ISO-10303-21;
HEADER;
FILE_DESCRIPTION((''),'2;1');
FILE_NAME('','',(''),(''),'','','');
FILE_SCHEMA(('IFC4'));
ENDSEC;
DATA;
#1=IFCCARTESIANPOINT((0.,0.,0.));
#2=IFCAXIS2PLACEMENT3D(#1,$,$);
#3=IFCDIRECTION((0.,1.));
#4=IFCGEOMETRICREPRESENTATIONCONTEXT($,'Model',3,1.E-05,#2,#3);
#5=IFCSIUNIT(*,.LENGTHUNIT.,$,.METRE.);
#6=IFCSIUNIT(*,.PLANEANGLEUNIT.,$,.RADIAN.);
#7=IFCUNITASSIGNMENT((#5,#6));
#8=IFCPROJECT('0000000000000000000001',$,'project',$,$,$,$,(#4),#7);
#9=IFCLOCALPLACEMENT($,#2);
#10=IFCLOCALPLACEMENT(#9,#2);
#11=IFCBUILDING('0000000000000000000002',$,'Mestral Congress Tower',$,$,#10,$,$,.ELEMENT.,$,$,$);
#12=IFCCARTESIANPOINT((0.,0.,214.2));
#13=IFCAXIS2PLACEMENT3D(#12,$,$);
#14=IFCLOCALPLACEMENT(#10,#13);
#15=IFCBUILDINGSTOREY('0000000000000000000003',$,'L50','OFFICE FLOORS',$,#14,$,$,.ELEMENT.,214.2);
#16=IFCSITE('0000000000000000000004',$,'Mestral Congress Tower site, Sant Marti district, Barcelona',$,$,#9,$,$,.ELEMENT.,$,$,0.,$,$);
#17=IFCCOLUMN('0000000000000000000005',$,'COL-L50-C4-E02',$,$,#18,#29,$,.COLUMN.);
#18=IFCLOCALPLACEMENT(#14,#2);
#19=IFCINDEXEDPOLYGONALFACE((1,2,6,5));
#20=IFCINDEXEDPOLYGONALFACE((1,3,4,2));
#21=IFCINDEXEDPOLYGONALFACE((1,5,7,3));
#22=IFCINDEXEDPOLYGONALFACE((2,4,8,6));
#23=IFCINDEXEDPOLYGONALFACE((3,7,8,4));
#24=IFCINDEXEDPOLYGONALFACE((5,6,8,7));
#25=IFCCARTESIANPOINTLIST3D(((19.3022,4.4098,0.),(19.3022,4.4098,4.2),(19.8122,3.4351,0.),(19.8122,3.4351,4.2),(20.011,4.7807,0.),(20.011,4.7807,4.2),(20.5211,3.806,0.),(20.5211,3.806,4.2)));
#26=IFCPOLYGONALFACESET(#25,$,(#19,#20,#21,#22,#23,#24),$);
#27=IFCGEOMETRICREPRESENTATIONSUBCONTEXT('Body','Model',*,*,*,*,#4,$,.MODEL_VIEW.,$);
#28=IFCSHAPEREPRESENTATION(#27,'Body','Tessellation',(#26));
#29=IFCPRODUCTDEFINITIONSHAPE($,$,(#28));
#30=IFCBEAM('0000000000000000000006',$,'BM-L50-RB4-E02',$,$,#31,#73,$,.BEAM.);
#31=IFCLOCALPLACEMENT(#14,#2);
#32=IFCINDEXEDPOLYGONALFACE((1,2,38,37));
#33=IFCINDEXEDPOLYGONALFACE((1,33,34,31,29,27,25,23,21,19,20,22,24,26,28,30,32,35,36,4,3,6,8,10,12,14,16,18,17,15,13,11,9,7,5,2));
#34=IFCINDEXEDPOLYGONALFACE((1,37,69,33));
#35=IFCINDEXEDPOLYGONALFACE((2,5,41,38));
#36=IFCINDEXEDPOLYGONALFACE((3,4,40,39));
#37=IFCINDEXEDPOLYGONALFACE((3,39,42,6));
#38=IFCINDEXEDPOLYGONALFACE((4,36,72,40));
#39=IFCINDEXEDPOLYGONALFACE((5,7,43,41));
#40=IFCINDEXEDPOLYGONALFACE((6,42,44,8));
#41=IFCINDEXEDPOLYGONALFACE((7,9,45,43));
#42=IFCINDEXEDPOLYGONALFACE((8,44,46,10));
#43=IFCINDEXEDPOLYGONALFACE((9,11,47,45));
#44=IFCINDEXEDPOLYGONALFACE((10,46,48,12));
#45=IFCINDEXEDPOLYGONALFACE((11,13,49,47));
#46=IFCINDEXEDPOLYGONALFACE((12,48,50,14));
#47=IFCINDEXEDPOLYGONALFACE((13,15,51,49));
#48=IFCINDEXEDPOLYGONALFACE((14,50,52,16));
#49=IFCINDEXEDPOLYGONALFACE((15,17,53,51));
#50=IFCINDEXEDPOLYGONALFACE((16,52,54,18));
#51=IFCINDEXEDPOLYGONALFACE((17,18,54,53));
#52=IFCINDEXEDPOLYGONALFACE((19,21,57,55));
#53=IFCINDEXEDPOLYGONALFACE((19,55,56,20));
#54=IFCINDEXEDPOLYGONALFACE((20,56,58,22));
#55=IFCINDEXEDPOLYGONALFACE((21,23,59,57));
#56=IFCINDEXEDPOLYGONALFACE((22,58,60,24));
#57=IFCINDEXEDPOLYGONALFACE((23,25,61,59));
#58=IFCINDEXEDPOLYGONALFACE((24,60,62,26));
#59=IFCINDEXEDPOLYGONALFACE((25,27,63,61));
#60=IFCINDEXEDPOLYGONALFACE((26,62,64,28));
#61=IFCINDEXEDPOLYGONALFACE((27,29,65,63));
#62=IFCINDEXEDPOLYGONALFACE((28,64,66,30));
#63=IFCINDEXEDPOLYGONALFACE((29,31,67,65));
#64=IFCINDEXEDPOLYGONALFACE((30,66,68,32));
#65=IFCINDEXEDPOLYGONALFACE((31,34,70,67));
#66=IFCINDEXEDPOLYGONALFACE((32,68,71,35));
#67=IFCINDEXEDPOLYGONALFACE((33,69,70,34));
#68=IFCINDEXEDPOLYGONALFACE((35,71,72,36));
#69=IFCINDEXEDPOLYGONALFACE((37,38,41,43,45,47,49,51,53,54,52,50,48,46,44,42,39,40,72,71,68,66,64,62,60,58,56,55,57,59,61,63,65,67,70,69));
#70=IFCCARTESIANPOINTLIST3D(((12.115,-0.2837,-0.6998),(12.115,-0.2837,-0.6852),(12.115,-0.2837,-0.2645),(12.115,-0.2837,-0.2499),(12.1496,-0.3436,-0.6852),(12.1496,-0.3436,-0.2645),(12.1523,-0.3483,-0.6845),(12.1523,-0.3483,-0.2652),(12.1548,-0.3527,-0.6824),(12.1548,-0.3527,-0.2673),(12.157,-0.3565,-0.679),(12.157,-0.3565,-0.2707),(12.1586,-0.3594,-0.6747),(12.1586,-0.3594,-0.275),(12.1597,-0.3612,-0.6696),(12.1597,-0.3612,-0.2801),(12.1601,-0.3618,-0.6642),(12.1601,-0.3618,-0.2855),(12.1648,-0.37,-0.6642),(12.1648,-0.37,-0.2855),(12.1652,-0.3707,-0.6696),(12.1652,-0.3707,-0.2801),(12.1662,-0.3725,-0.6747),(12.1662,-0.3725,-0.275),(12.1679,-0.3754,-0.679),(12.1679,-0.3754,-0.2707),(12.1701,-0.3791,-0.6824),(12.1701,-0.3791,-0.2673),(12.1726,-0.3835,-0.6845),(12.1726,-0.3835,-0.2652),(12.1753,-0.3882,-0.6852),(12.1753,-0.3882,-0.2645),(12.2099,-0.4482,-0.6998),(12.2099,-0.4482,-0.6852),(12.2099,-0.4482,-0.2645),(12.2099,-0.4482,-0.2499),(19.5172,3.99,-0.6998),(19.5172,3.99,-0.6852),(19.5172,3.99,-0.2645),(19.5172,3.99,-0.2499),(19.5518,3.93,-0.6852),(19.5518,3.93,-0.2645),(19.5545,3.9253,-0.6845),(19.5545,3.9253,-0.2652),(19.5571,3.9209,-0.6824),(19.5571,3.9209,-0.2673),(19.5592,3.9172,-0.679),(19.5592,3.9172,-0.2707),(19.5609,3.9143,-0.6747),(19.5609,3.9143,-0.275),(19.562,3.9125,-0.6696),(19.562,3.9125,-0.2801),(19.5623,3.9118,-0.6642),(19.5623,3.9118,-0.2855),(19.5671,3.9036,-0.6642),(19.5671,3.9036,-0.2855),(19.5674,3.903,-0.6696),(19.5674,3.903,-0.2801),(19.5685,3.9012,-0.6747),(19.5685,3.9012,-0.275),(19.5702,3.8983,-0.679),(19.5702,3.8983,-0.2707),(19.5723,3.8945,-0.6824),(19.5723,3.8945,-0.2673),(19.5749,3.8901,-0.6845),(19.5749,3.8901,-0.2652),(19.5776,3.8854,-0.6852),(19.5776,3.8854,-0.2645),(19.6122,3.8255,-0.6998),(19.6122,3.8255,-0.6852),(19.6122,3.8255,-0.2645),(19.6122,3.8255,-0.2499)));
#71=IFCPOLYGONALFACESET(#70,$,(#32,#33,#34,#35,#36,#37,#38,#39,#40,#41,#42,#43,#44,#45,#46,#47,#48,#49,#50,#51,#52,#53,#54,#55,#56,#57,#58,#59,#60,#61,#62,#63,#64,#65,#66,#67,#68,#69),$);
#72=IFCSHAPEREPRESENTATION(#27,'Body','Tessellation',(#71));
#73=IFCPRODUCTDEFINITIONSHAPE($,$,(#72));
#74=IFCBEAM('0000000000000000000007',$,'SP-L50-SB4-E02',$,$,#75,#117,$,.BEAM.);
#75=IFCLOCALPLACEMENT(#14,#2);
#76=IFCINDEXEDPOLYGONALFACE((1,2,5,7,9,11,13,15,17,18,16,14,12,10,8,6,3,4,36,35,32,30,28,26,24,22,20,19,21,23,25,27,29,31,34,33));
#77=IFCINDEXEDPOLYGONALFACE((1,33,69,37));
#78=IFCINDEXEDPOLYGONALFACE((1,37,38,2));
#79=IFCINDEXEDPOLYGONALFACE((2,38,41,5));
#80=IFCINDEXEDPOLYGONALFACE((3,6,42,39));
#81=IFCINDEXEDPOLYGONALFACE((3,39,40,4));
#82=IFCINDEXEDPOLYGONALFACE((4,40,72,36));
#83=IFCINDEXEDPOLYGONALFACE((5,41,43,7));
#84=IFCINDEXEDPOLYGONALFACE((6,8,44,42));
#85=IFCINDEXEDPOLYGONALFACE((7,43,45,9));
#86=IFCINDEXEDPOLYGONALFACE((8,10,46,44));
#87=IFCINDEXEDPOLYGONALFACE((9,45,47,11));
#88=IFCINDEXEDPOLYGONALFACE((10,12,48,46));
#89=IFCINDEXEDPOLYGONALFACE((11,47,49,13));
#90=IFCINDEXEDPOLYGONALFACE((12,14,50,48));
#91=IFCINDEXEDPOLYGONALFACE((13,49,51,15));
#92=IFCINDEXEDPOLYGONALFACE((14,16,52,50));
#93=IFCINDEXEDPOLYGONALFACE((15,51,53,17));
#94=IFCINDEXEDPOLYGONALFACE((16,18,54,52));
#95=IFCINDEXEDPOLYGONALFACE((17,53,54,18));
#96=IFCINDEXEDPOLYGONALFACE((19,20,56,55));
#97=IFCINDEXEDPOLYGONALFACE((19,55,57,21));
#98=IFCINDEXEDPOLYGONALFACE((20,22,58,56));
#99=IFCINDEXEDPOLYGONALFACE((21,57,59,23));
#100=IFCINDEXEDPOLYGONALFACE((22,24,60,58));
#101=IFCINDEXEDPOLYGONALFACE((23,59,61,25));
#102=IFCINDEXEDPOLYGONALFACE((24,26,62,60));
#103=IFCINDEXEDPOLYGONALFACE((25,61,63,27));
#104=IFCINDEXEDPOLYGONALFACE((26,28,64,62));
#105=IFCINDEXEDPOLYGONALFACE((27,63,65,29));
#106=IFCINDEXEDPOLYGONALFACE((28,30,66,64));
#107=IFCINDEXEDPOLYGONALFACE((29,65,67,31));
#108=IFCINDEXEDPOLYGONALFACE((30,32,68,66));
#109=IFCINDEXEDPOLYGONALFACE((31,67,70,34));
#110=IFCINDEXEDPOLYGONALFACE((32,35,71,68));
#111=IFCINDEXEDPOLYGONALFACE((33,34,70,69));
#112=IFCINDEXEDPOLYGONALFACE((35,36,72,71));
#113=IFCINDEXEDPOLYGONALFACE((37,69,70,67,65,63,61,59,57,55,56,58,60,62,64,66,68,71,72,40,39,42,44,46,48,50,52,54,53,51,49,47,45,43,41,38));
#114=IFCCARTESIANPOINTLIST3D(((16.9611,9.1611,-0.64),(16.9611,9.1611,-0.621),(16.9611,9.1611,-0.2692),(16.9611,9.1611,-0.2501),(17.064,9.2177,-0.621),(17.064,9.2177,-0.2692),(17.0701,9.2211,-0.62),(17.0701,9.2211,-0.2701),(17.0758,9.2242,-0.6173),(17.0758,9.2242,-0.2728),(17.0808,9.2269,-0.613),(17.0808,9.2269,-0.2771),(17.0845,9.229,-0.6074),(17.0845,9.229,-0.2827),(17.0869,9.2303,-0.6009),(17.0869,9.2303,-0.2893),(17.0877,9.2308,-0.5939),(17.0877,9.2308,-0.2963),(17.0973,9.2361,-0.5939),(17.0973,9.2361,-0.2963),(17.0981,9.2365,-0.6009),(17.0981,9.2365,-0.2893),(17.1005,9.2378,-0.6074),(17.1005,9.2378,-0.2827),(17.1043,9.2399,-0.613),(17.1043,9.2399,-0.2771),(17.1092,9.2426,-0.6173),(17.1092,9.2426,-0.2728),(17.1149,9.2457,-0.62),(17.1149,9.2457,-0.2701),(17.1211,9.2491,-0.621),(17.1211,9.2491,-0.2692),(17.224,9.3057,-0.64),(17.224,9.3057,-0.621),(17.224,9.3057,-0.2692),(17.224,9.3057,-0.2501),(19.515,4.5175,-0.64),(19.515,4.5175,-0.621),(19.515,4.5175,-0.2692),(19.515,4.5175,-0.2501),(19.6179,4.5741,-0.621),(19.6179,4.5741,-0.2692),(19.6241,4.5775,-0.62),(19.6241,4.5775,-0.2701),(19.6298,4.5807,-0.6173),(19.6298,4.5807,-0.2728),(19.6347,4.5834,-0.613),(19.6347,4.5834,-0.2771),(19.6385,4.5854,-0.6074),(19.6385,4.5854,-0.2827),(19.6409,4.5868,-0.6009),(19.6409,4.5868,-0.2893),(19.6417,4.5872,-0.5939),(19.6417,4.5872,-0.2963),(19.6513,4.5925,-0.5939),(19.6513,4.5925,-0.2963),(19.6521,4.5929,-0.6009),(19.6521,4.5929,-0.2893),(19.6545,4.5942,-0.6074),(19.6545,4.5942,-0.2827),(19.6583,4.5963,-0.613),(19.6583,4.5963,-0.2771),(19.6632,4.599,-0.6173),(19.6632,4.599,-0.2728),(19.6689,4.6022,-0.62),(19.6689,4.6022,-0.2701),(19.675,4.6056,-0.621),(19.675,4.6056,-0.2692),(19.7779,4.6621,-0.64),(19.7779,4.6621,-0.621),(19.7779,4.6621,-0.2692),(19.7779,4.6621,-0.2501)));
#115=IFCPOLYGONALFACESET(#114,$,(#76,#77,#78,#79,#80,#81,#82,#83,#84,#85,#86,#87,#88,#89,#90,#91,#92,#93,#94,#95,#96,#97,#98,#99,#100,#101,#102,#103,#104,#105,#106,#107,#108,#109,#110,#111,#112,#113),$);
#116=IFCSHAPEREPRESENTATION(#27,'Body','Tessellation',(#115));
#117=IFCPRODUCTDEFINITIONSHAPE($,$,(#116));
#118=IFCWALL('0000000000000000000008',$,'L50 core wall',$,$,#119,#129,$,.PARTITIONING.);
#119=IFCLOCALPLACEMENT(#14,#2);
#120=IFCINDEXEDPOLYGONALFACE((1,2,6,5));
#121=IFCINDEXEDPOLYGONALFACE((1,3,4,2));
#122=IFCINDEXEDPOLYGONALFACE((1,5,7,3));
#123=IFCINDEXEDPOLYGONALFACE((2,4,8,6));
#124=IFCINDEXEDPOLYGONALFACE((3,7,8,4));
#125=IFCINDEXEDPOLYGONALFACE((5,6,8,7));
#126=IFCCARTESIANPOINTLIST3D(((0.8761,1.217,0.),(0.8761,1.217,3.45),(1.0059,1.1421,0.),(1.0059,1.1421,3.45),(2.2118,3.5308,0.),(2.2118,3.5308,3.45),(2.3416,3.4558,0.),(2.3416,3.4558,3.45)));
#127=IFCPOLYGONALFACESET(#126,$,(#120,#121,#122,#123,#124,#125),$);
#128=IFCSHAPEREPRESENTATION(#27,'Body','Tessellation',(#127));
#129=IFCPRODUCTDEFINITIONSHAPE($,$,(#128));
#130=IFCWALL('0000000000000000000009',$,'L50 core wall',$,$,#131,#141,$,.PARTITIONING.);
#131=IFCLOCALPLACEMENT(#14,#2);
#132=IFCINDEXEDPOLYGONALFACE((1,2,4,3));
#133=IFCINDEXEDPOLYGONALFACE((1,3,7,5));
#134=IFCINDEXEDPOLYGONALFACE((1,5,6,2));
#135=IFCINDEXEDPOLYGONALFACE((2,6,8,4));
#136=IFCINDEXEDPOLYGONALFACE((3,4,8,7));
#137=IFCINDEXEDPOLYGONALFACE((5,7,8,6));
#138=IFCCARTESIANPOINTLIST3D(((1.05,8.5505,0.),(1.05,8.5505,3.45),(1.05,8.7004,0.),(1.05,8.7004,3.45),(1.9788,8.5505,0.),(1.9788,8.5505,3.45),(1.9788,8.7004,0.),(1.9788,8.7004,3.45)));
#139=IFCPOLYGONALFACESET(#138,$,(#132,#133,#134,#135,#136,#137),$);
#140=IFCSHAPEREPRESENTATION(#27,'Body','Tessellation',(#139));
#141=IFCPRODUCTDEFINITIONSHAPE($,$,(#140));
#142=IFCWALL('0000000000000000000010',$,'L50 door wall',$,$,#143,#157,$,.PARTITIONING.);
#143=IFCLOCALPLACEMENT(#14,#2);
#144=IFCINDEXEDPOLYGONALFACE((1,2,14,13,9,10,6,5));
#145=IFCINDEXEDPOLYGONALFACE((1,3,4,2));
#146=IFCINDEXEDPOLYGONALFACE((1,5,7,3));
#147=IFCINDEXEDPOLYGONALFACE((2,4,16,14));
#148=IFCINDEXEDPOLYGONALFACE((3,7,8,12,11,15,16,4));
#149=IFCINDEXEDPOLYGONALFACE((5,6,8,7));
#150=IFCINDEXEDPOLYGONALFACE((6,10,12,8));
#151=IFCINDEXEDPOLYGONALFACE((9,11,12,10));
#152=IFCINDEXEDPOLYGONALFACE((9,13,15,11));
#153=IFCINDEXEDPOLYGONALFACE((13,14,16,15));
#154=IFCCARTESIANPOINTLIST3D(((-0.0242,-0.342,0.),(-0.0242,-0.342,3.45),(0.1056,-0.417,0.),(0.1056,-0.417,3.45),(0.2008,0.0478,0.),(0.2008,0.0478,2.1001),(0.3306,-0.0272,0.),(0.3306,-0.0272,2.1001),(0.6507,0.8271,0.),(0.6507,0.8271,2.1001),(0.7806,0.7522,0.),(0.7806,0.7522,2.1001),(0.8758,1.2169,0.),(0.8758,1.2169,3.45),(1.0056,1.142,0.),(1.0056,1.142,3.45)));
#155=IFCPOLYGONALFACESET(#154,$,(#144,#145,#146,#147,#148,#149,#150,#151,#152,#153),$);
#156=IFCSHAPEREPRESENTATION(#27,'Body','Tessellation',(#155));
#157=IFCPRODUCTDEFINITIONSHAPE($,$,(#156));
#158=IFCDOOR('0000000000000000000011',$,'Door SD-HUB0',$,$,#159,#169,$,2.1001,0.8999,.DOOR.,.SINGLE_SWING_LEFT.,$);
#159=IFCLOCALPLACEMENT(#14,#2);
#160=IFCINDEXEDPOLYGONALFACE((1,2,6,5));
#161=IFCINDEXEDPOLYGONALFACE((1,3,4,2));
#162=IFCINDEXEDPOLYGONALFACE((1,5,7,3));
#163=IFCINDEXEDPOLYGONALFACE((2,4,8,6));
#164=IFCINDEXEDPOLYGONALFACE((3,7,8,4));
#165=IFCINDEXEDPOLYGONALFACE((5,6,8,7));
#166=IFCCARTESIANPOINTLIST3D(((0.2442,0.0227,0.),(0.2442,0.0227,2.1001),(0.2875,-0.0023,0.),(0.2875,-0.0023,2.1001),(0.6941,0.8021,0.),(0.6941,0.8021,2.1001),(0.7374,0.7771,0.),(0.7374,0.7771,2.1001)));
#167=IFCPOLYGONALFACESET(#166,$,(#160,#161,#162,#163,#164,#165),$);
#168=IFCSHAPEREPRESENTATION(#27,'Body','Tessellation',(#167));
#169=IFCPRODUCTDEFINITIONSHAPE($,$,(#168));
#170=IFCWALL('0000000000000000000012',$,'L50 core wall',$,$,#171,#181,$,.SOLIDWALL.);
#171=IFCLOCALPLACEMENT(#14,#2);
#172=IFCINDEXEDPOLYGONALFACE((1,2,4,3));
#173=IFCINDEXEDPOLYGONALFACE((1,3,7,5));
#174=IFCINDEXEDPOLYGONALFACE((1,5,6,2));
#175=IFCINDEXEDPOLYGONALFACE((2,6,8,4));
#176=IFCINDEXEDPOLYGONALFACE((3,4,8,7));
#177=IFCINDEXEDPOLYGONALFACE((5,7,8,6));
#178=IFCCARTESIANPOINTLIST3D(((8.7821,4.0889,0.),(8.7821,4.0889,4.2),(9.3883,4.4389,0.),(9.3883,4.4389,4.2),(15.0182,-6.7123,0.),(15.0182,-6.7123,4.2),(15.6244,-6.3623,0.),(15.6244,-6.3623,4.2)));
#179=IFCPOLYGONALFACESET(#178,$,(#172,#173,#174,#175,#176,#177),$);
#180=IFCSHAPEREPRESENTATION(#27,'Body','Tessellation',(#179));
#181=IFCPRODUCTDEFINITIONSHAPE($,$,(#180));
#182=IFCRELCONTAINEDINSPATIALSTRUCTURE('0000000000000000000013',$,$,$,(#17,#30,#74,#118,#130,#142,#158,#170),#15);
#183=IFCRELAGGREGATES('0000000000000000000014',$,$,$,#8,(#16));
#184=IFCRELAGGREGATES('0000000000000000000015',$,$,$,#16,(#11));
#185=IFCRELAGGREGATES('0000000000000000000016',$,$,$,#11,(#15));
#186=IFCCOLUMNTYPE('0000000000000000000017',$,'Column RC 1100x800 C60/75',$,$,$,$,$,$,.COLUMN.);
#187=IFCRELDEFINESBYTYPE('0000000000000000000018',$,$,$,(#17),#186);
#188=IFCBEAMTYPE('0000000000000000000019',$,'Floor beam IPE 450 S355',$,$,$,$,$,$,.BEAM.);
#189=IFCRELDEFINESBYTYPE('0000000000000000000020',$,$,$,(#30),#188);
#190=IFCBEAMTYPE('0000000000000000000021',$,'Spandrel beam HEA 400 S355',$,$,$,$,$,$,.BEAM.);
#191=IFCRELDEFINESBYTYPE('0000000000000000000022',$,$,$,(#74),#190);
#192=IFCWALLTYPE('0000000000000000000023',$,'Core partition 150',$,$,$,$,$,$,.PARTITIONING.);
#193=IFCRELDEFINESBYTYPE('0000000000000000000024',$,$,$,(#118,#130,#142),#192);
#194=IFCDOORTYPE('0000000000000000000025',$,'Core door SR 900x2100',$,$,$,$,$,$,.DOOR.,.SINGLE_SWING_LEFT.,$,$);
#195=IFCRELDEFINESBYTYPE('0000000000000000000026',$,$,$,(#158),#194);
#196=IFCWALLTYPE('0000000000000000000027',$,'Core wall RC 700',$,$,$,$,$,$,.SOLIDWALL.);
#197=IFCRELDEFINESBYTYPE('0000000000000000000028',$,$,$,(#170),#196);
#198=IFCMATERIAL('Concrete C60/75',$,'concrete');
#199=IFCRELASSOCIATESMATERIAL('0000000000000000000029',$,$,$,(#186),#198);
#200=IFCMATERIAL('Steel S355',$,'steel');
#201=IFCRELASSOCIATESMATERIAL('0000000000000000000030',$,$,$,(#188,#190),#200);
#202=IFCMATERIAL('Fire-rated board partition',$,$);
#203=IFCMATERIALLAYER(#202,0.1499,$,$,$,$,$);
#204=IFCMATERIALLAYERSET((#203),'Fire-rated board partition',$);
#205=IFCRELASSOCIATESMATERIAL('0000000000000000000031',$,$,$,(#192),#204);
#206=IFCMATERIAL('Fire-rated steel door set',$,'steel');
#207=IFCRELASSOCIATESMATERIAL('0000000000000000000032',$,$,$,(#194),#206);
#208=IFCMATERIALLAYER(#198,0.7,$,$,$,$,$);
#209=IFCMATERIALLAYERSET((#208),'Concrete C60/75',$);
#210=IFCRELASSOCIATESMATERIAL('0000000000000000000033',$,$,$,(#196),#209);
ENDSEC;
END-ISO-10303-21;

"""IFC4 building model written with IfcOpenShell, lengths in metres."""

from ifc_helpers import new_model, si_unit, direction, frame, frame_2d, origin, origin_2d, place, context, subcontext, project, spatial, rectangle, i_section, extrude, material, layer, layer_set, material_profile, profile_set, type_object, element, fill, save


model = new_model("IFC4")

# Units and contexts
model_context = context("Model", 3, precision=1e-05, world=origin(), true_north=direction((0.0, 1.0)))
body_context = subcontext(model_context, "Body", "Model", "MODEL_VIEW")
ifc_project = project(units=[si_unit("LENGTHUNIT", "METRE"), si_unit("PLANEANGLEUNIT", "RADIAN")], contexts=[model_context])

# Site, building, storey
site_placement = place(None, origin())
site = spatial("IfcSite", under=ifc_project, at=site_placement, Name="Mestral Congress Tower site, Sant Marti district, Barcelona", CompositionType="ELEMENT", RefElevation=0.0)
building_placement = place(site_placement, origin())
building = spatial("IfcBuilding", under=site, at=building_placement, Name="Mestral Congress Tower", CompositionType="ELEMENT")
storey_placement = place(building_placement, frame((0.0, 0.0, 214.2)))
storey = spatial("IfcBuildingStorey", under=building, at=storey_placement, Name="L50", Description="OFFICE FLOORS", CompositionType="ELEMENT", Elevation=214.2)

# Column
ifc_material_1 = material(Name="Concrete C60/75", Category="concrete")
ifc_material_profile_1 = material_profile(ifc_material_1, rectangle(XDim=1.1001, YDim=0.8, at=origin_2d()), Name="RC 1100x800")
ifc_profile_set_1 = profile_set([ifc_material_profile_1], Name="Concrete C60/75")
column_type = type_object("IfcColumnType", Name="Column RC 1100x800 C60/75", PredefinedType="COLUMN", material=ifc_profile_set_1)
column_placement = place(storey_placement, frame((19.9116, 4.1079, 0.0), z_axis=(0.0, 0.0, 1.0), x_axis=(-0.463636, 0.886026, 0.0)))
element("IfcColumn", 1, at=column_placement, inside=storey, type_object=column_type, Name="COL-L50-C4-E02", PredefinedType="COLUMN", context=body_context, shape_type="SweptSolid", body=[
    extrude(rectangle(XDim=1.1001, YDim=0.8, at=origin_2d()), origin(), (0.0, 0.0, 1.0), 4.2),
])

# Beams
ifc_material_2 = material(Name="Steel S355", Category="steel")
ifc_material_profile_2 = material_profile(ifc_material_2, i_section(OverallWidth=0.1899, OverallDepth=0.45, WebThickness=0.0095, FlangeThickness=0.0146, FilletRadius=0.021, at=origin_2d()), Name="IPE 450")
ifc_profile_set_2 = profile_set([ifc_material_profile_2], Name="Steel S355")
beam_type_1 = type_object("IfcBeamType", Name="Floor beam IPE 450 S355", PredefinedType="BEAM", material=ifc_profile_set_2)
beam_1_placement = place(storey_placement, frame((19.5647, 3.9077, -0.4749), z_axis=(-0.866029, -0.499994, 0.0), x_axis=(0.499994, -0.866029, 0.0)))
element("IfcBeam", 2, at=beam_1_placement, inside=storey, type_object=beam_type_1, Name="BM-L50-RB4-E02", PredefinedType="BEAM", context=body_context, shape_type="SweptSolid", body=[
    extrude(i_section(OverallWidth=0.1899, OverallDepth=0.45, WebThickness=0.0095, FlangeThickness=0.0146, FilletRadius=0.021, at=origin_2d()), origin(), (0.0, 0.0, 1.0), 8.5474),
])
ifc_material_profile_3 = material_profile(ifc_material_2, i_section(OverallWidth=0.3, OverallDepth=0.3899, WebThickness=0.011, FlangeThickness=0.019, FilletRadius=0.0271, at=origin_2d()), Name="HEA 400")
ifc_profile_set_3 = profile_set([ifc_material_profile_3], Name="Steel S355")
beam_type_2 = type_object("IfcBeamType", Name="Spandrel beam HEA 400 S355", PredefinedType="BEAM", material=ifc_profile_set_3)
beam_2_placement = place(storey_placement, frame((19.6465, 4.5898, -0.4451), z_axis=(-0.481919, 0.876216, 0.0), x_axis=(-0.876216, -0.481919, 0.0)))
element("IfcBeam", 3, at=beam_2_placement, inside=storey, type_object=beam_type_2, Name="SP-L50-SB4-E02", PredefinedType="BEAM", context=body_context, shape_type="SweptSolid", body=[
    extrude(i_section(OverallWidth=0.3, OverallDepth=0.3899, WebThickness=0.011, FlangeThickness=0.019, FilletRadius=0.0271, at=origin_2d()), origin(), (0.0, 0.0, 1.0), 5.2996),
])

# Walls
ifc_material_3 = material(Name="Fire-rated board partition")
ifc_layer_1 = layer(ifc_material_3, 0.1499)
ifc_layer_set_1 = layer_set([ifc_layer_1], Name="Fire-rated board partition")
wall_type_1 = type_object("IfcWallType", Name="Core partition 150", PredefinedType="PARTITIONING", material=ifc_layer_set_1)
wall_1_placement = place(storey_placement, frame((0.9409, 1.1794, 0.0), z_axis=(0.0, 0.0, 1.0), x_axis=(0.499962, 0.866047, 0.0)))
element("IfcWall", 4, at=wall_1_placement, inside=storey, type_object=wall_type_1, Name="L50 core wall", PredefinedType="PARTITIONING", context=body_context, shape_type="SweptSolid", body=[
    extrude(rectangle(XDim=2.6716, YDim=0.1499, at=frame_2d((1.3359, 0.0))), origin(), (0.0, 0.0, 1.0), 3.45),
])
wall_2_placement = place(storey_placement, frame((1.05, 8.6255, 0.0), z_axis=(0.0, 0.0, 1.0), x_axis=(1.0, 0.0, 0.0)))
element("IfcWall", 5, at=wall_2_placement, inside=storey, type_object=wall_type_1, Name="L50 core wall", PredefinedType="PARTITIONING", context=body_context, shape_type="SweptSolid", body=[
    extrude(rectangle(XDim=0.9287, YDim=0.1499, at=frame_2d((0.4644, 0.0))), origin(), (0.0, 0.0, 1.0), 3.45),
])

# Wall, opening, door
wall_3_placement = place(storey_placement, frame((0.0408, -0.3794, 0.0), z_axis=(0.0, 0.0, 1.0), x_axis=(0.499961, 0.866048, 0.0)))
wall_3 = element("IfcWall", 6, at=wall_3_placement, inside=storey, type_object=wall_type_1, Name="L50 door wall", PredefinedType="PARTITIONING", context=body_context, shape_type="SweptSolid", body=[
    extrude(rectangle(XDim=1.8, YDim=0.1499, at=frame_2d((0.8999, 0.0))), origin(), (0.0, 0.0, 1.0), 3.45),
])
opening_1_placement = place(wall_3_placement, frame((0.45, 0.0, 0.0)))
opening_1 = element("IfcOpeningElement", 7, at=opening_1_placement, cuts=wall_3, PredefinedType="OPENING", context=body_context, shape_type="SweptSolid", body=[
    extrude(rectangle(XDim=0.8999, YDim=2.1001, at=frame_2d((0.45, 1.05))), frame((0.0, 0.085, 0.0), z_axis=(0.0, -1.0, 0.0), x_axis=(1.0, 0.0, 0.0)), (0.0, 0.0, 1.0), 0.1699),
])
ifc_material_4 = material(Name="Fire-rated steel door set", Category="steel")
door_type_1 = type_object("IfcDoorType", Name="Core door SR 900x2100", OperationType="SINGLE_SWING_LEFT", PredefinedType="DOOR", material=ifc_material_4)
door_1_placement = place(opening_1_placement, origin())
door_1 = element("IfcDoor", 8, at=door_1_placement, inside=storey, type_object=door_type_1, Name="Door SD-HUB0", OperationType="SINGLE_SWING_LEFT", OverallHeight=2.1001, OverallWidth=0.8999, PredefinedType="DOOR", context=body_context, shape_type="SweptSolid", body=[
    extrude(rectangle(XDim=0.8999, YDim=2.1001, at=frame_2d((0.45, 1.05))), frame((0.0, 0.0249, 0.0), z_axis=(0.0, -1.0, 0.0), x_axis=(1.0, 0.0, 0.0)), (0.0, 0.0, 1.0), 0.05),
])
fill(opening_1, door_1)

# Wall
ifc_layer_2 = layer(ifc_material_1, 0.7)
ifc_layer_set_2 = layer_set([ifc_layer_2], Name="Concrete C60/75")
wall_type_2 = type_object("IfcWallType", Name="Core wall RC 700", PredefinedType="SOLIDWALL", material=ifc_layer_set_2)
for number, where, z_axis, x_axis, name in (
    (9, (9.0852, 4.2639, 0.0), (0.0, 0.0, 1.0), (0.499998, -0.866027, 0.0), "L50 core wall"),
):
    element("IfcWall", number, at=place(storey_placement, frame(where, z_axis=z_axis, x_axis=x_axis)), inside=storey, type_object=wall_type_2, Name=name, PredefinedType="SOLIDWALL", context=body_context, shape_type="SweptSolid", body=[
        extrude(rectangle(XDim=12.4722, YDim=0.7, at=frame_2d((6.2361, 0.0))), origin(), (0.0, 0.0, 1.0), 4.2),
    ])

save(model, "model.ifc")
